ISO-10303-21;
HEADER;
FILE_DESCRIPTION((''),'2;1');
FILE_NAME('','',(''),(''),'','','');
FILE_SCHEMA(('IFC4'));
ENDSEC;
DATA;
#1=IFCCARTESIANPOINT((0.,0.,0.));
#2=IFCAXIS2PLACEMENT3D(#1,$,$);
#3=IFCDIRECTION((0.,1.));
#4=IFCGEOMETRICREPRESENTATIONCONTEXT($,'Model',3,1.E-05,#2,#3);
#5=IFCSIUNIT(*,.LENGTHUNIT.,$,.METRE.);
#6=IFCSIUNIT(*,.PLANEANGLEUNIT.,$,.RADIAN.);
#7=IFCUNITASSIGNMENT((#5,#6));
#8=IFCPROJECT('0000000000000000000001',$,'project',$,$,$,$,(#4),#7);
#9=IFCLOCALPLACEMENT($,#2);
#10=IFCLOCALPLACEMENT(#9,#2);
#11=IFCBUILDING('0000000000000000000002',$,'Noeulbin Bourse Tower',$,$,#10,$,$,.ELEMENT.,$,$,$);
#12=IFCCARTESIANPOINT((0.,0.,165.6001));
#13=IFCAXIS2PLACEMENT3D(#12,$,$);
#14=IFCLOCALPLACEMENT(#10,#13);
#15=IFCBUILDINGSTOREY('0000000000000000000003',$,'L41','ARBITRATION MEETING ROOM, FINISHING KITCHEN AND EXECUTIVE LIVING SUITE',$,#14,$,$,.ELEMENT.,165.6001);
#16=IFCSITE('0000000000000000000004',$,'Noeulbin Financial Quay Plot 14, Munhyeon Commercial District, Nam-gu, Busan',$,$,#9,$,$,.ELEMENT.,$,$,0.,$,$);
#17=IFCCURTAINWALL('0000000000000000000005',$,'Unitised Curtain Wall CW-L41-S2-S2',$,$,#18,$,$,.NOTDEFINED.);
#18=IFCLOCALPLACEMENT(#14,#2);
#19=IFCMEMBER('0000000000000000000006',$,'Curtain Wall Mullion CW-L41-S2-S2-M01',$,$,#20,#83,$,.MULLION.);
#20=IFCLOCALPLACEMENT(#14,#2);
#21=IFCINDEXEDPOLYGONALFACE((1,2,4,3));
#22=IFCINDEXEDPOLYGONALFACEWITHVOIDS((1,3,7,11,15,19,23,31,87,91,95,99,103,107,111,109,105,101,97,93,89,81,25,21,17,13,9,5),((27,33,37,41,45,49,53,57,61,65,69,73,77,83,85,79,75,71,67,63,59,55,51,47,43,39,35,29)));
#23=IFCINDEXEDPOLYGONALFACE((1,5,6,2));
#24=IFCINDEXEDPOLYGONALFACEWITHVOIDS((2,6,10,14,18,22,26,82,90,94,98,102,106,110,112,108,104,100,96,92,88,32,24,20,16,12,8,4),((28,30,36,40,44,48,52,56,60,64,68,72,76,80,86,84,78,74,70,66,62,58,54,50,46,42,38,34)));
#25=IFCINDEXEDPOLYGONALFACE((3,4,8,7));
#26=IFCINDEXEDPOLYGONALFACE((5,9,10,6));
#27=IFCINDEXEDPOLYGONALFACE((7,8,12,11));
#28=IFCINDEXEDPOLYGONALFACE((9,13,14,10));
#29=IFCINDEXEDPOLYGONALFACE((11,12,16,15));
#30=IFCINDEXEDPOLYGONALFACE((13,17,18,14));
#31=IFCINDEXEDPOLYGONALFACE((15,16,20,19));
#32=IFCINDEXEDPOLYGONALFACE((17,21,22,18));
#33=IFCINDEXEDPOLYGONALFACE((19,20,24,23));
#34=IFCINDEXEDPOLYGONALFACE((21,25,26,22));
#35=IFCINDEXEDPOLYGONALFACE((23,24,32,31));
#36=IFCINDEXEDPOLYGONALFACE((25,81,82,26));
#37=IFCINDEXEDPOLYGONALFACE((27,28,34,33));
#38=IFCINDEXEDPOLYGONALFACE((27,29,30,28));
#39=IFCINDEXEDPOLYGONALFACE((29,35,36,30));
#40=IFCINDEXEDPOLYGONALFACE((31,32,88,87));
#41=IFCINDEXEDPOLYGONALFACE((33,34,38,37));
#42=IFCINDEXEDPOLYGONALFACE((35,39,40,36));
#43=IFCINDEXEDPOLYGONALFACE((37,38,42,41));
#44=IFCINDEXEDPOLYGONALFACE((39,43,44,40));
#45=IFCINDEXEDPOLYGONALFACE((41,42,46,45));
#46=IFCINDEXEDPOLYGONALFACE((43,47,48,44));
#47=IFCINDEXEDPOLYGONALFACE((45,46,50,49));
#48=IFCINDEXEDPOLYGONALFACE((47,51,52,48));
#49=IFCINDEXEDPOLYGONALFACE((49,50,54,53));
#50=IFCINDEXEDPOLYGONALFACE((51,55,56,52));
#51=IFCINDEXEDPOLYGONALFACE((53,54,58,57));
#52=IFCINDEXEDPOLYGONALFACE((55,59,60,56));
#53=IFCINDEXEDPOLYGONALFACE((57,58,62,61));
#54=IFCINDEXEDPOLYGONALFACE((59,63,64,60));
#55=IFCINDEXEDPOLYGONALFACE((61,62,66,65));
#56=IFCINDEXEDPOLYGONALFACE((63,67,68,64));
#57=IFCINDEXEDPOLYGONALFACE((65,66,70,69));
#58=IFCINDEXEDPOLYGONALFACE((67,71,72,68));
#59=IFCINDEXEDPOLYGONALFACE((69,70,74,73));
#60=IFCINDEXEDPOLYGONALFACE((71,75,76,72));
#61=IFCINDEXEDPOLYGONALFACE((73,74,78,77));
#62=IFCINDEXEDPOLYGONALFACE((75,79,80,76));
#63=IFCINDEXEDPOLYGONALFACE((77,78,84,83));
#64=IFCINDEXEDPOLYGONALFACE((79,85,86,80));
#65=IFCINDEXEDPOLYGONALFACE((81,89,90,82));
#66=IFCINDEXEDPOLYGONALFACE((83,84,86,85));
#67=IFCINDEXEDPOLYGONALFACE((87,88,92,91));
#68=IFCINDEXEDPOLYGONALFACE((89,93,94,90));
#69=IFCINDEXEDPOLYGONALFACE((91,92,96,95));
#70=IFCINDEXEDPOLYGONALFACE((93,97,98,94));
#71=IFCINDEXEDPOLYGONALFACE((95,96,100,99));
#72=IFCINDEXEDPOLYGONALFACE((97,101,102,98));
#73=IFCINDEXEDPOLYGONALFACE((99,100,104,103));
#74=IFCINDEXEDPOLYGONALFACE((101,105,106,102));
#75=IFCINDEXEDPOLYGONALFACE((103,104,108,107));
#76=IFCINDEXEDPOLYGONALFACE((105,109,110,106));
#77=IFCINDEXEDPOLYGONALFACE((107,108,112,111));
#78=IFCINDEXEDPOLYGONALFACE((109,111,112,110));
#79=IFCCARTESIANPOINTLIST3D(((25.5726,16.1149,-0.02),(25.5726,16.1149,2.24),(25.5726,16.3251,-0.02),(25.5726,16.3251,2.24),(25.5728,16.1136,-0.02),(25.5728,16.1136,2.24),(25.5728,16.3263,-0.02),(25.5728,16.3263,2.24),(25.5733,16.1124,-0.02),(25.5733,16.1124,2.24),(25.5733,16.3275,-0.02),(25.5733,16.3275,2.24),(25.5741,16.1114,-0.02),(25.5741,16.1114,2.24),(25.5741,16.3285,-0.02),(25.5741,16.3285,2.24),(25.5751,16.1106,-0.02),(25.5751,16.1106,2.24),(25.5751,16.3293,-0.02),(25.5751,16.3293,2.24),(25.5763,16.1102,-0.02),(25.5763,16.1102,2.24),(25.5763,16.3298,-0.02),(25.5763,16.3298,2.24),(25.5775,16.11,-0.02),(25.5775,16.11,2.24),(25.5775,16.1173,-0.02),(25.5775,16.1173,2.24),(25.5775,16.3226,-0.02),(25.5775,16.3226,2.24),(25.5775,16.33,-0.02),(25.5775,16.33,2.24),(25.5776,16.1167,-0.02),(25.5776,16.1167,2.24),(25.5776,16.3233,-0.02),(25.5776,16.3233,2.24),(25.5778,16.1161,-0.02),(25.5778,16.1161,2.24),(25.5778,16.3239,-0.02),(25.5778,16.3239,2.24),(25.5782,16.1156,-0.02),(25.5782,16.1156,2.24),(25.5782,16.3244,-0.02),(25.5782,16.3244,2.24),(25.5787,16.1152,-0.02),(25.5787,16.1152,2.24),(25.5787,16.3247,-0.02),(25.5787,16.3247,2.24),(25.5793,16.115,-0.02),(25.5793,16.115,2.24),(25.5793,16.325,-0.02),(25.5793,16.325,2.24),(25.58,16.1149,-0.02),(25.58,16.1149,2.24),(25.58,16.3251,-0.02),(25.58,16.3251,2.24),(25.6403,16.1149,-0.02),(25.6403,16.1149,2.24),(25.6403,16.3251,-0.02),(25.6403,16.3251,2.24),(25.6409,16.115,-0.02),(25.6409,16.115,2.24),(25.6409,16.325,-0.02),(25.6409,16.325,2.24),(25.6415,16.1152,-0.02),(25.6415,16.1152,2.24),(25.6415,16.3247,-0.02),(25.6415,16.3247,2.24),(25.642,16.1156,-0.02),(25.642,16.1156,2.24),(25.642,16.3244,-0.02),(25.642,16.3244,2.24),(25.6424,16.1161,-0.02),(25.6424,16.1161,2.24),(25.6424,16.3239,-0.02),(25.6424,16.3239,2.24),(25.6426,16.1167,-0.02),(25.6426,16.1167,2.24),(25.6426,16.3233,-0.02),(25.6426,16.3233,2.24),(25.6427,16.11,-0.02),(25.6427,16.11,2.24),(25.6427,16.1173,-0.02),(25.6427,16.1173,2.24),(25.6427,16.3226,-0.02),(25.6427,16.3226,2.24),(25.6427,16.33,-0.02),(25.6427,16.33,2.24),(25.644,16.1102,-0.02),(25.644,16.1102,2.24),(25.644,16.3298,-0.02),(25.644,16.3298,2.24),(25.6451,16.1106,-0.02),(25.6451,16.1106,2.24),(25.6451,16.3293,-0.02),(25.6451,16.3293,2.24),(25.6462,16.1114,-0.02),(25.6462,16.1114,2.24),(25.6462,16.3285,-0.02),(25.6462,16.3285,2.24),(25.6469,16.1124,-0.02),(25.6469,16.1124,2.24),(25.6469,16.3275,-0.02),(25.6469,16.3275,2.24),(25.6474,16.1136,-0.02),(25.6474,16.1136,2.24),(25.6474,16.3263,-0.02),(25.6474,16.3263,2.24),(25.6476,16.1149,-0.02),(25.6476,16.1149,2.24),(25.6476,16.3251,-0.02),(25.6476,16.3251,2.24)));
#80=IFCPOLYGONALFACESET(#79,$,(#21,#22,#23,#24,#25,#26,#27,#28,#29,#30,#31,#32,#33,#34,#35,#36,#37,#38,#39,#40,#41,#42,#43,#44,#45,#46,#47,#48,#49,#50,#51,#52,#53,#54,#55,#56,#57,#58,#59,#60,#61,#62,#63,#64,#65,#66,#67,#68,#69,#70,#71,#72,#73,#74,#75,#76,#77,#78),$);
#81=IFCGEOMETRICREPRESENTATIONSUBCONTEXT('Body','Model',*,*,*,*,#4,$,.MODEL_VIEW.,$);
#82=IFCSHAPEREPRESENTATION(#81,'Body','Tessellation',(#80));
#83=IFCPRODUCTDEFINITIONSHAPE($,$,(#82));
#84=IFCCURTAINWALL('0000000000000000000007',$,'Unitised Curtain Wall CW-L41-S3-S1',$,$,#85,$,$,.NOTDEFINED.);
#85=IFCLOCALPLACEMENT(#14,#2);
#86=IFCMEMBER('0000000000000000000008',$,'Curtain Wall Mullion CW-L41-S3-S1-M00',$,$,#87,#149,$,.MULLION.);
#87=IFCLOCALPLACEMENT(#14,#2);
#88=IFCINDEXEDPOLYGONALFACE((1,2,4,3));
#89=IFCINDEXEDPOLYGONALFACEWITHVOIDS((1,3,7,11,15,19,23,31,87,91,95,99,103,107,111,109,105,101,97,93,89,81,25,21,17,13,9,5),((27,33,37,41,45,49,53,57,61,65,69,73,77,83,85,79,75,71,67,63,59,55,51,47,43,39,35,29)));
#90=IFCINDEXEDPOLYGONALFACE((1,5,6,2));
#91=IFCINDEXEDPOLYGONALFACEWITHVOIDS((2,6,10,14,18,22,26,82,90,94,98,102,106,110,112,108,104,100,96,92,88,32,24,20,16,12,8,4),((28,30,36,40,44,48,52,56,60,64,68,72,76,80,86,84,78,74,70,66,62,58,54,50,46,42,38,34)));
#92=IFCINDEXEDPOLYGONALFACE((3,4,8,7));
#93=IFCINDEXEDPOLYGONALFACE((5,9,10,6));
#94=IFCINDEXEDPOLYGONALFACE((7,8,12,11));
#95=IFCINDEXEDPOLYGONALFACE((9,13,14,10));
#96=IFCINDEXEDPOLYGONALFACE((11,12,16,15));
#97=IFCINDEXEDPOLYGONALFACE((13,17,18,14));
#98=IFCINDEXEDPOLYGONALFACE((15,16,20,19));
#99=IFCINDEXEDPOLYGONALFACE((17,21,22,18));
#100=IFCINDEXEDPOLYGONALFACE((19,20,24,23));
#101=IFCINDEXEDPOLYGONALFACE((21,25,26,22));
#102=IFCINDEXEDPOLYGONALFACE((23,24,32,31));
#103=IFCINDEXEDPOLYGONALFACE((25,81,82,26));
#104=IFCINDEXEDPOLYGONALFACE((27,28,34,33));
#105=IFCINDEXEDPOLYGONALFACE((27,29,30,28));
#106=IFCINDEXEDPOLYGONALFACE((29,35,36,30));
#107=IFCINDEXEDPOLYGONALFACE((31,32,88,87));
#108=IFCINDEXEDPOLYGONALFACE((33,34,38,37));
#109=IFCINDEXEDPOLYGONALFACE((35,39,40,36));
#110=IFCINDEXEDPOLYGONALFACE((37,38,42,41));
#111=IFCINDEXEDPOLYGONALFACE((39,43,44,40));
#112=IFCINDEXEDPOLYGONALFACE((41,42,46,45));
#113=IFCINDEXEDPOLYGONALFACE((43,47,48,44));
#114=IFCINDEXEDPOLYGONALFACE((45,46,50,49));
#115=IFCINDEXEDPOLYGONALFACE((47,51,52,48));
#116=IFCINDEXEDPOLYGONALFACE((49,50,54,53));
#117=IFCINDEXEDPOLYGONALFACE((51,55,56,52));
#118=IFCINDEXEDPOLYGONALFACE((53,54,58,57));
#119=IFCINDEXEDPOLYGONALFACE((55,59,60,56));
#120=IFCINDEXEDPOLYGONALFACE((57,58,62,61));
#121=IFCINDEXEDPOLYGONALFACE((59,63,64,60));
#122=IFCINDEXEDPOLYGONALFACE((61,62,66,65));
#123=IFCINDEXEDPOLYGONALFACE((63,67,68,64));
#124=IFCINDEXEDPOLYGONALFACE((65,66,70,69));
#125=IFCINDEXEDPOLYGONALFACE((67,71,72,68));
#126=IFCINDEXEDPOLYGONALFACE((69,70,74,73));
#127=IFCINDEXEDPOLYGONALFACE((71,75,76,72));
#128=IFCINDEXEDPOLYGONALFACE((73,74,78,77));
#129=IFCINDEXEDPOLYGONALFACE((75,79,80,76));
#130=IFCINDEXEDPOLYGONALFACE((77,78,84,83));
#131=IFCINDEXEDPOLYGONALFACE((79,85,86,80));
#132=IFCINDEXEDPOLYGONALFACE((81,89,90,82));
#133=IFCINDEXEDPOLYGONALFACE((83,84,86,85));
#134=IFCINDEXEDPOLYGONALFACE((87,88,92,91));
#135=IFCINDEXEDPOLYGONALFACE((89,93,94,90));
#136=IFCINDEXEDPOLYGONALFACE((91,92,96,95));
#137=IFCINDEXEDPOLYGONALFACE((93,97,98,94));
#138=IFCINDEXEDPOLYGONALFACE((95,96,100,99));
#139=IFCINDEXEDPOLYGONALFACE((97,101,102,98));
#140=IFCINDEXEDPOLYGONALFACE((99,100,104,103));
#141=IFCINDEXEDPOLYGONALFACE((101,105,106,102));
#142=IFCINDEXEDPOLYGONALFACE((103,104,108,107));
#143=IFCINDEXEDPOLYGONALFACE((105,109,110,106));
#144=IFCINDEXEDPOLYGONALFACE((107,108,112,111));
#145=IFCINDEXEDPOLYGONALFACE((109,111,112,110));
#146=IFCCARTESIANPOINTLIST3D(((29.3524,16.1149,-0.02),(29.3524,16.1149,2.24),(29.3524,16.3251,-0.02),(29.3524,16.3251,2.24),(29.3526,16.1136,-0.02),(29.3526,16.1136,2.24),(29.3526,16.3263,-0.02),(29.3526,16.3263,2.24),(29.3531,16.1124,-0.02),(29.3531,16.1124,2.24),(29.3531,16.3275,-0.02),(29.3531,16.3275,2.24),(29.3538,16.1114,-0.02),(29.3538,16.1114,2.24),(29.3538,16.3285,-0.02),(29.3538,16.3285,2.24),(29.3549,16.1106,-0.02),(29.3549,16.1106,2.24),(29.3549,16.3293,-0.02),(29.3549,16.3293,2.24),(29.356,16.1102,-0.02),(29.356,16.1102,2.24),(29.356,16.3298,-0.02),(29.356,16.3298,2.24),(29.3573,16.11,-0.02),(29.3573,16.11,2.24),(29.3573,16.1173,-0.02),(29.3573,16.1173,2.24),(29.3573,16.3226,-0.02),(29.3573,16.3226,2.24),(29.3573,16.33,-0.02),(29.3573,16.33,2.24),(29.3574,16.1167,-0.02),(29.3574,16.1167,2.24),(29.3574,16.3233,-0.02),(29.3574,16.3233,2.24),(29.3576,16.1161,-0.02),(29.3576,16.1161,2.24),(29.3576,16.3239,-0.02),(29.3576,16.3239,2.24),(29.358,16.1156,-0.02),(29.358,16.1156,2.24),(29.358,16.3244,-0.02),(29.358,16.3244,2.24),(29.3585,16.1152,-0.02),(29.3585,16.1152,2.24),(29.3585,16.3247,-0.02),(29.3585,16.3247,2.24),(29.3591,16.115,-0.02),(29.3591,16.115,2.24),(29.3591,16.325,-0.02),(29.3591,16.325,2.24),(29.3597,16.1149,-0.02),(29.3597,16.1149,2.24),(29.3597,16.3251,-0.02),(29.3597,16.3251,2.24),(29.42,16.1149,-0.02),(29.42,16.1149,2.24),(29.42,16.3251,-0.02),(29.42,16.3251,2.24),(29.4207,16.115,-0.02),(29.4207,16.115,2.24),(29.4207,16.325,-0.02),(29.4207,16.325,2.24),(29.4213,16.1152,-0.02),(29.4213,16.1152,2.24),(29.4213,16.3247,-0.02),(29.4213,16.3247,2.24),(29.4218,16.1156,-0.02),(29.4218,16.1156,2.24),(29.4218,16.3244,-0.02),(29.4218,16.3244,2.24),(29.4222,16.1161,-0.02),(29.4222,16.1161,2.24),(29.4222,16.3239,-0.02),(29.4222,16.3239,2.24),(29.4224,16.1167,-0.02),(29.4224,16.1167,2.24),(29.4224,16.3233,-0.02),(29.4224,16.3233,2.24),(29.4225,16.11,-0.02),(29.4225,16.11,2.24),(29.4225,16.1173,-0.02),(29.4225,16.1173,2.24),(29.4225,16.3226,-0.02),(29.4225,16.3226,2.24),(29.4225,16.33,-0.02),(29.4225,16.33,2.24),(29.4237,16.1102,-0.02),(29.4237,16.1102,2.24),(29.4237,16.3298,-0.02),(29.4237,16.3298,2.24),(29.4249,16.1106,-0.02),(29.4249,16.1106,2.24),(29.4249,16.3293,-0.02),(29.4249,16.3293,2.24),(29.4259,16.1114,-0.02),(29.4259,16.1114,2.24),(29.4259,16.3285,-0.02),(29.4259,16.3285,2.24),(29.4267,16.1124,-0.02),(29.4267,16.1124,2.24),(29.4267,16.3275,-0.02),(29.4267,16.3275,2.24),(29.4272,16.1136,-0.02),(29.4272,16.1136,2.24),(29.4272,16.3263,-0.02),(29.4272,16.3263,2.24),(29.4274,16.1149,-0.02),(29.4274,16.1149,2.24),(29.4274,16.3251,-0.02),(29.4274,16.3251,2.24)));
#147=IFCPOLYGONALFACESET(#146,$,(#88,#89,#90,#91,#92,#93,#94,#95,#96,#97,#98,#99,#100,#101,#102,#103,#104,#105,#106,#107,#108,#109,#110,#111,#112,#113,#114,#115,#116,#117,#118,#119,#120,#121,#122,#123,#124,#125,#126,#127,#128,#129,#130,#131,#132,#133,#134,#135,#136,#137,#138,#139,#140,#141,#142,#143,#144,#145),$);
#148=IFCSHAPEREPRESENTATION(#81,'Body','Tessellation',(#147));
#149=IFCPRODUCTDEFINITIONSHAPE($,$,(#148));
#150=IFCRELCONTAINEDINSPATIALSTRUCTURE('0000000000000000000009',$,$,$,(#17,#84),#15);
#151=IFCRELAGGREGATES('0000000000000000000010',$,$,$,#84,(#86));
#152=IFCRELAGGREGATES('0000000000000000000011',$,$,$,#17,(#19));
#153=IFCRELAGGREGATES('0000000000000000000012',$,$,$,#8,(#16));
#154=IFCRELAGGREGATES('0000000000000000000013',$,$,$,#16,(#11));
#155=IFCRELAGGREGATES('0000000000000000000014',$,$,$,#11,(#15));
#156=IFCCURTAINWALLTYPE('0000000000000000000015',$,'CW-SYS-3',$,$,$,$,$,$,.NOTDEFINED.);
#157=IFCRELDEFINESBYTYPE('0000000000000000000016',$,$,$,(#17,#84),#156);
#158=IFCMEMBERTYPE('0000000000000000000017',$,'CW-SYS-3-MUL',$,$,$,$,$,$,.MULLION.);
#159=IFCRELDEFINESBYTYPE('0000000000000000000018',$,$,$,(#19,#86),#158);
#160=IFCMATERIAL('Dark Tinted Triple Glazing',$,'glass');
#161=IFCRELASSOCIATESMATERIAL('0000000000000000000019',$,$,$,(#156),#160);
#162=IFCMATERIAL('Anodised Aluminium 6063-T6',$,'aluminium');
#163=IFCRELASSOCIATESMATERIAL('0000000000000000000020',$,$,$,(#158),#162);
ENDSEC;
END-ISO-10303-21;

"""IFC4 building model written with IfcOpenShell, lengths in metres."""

from ifc_helpers import new_model, si_unit, direction, frame, origin, origin_2d, place, context, subcontext, project, spatial, hollow_rectangle, extrude, material, material_profile, profile_set, type_object, element, aggregate, save


model = new_model("IFC4")

# Units and contexts
model_context = context("Model", 3, precision=1e-05, world=origin(), true_north=direction((0.0, 1.0)))
body_context = subcontext(model_context, "Body", "Model", "MODEL_VIEW")
ifc_project = project(units=[si_unit("LENGTHUNIT", "METRE"), si_unit("PLANEANGLEUNIT", "RADIAN")], contexts=[model_context])

# Site, building, storey
site_placement = place(None, origin())
site = spatial("IfcSite", under=ifc_project, at=site_placement, Name="Noeulbin Financial Quay Plot 14, Munhyeon Commercial District, Nam-gu, Busan", CompositionType="ELEMENT", RefElevation=0.0)
building_placement = place(site_placement, origin())
building = spatial("IfcBuilding", under=site, at=building_placement, Name="Noeulbin Bourse Tower", CompositionType="ELEMENT")
storey_placement = place(building_placement, frame((0.0, 0.0, 165.6001)))
storey = spatial("IfcBuildingStorey", under=building, at=storey_placement, Name="L41", Description="ARBITRATION MEETING ROOM, FINISHING KITCHEN AND EXECUTIVE LIVING SUITE", CompositionType="ELEMENT", Elevation=165.6001)

# Shared definitions
ifc_material_1 = material(Name="Dark Tinted Triple Glazing", Category="glass")
curtain_wall_type = type_object("IfcCurtainWallType", Name="CW-SYS-3", PredefinedType="NOTDEFINED", material=ifc_material_1)
ifc_material_2 = material(Name="Anodised Aluminium 6063-T6", Category="aluminium")
ifc_material_profile_1 = material_profile(ifc_material_2, hollow_rectangle(XDim=0.075, YDim=0.22, WallThickness=0.0049, InnerFilletRadius=0.0024, OuterFilletRadius=0.0049, at=origin_2d()), Name="ALU-MULL-75x220x5", Category="LoadBearing")
ifc_profile_set_1 = profile_set([ifc_material_profile_1], Name="Anodised Aluminium 6063-T6")
member_type_1 = type_object("IfcMemberType", Name="CW-SYS-3-MUL", PredefinedType="MULLION", material=ifc_profile_set_1)

# Curtain walls, members
curtain_wall_1_placement = place(storey_placement, origin())
curtain_wall_1 = element("IfcCurtainWall", 1, at=curtain_wall_1_placement, inside=storey, type_object=curtain_wall_type, Name="Unitised Curtain Wall CW-L41-S2-S2", PredefinedType="NOTDEFINED")
member_1_placement = place(storey_placement, frame((25.6101, 16.22, -0.02), z_axis=(0.0, 0.0, 1.0), x_axis=(1.0, 0.0, 0.0)))
member_1 = element("IfcMember", 2, at=member_1_placement, type_object=member_type_1, Name="Curtain Wall Mullion CW-L41-S2-S2-M01", PredefinedType="MULLION", context=body_context, shape_type="SweptSolid", body=[
    extrude(hollow_rectangle(XDim=0.075, YDim=0.22, WallThickness=0.0049, InnerFilletRadius=0.0024, OuterFilletRadius=0.0049, at=origin_2d()), origin(), (0.0, 0.0, 1.0), 2.26),
])
curtain_wall_2_placement = place(storey_placement, origin())
curtain_wall_2 = element("IfcCurtainWall", 3, at=curtain_wall_2_placement, inside=storey, type_object=curtain_wall_type, Name="Unitised Curtain Wall CW-L41-S3-S1", PredefinedType="NOTDEFINED")
member_2_placement = place(storey_placement, frame((29.3899, 16.22, -0.02), z_axis=(0.0, 0.0, 1.0), x_axis=(1.0, 0.0, 0.0)))
member_2 = element("IfcMember", 4, at=member_2_placement, type_object=member_type_1, Name="Curtain Wall Mullion CW-L41-S3-S1-M00", PredefinedType="MULLION", context=body_context, shape_type="SweptSolid", body=[
    extrude(hollow_rectangle(XDim=0.075, YDim=0.22, WallThickness=0.0049, InnerFilletRadius=0.0024, OuterFilletRadius=0.0049, at=origin_2d()), origin(), (0.0, 0.0, 1.0), 2.26),
])

aggregate(curtain_wall_2, [member_2])

aggregate(curtain_wall_1, [member_1])

save(model, "model.ifc")
